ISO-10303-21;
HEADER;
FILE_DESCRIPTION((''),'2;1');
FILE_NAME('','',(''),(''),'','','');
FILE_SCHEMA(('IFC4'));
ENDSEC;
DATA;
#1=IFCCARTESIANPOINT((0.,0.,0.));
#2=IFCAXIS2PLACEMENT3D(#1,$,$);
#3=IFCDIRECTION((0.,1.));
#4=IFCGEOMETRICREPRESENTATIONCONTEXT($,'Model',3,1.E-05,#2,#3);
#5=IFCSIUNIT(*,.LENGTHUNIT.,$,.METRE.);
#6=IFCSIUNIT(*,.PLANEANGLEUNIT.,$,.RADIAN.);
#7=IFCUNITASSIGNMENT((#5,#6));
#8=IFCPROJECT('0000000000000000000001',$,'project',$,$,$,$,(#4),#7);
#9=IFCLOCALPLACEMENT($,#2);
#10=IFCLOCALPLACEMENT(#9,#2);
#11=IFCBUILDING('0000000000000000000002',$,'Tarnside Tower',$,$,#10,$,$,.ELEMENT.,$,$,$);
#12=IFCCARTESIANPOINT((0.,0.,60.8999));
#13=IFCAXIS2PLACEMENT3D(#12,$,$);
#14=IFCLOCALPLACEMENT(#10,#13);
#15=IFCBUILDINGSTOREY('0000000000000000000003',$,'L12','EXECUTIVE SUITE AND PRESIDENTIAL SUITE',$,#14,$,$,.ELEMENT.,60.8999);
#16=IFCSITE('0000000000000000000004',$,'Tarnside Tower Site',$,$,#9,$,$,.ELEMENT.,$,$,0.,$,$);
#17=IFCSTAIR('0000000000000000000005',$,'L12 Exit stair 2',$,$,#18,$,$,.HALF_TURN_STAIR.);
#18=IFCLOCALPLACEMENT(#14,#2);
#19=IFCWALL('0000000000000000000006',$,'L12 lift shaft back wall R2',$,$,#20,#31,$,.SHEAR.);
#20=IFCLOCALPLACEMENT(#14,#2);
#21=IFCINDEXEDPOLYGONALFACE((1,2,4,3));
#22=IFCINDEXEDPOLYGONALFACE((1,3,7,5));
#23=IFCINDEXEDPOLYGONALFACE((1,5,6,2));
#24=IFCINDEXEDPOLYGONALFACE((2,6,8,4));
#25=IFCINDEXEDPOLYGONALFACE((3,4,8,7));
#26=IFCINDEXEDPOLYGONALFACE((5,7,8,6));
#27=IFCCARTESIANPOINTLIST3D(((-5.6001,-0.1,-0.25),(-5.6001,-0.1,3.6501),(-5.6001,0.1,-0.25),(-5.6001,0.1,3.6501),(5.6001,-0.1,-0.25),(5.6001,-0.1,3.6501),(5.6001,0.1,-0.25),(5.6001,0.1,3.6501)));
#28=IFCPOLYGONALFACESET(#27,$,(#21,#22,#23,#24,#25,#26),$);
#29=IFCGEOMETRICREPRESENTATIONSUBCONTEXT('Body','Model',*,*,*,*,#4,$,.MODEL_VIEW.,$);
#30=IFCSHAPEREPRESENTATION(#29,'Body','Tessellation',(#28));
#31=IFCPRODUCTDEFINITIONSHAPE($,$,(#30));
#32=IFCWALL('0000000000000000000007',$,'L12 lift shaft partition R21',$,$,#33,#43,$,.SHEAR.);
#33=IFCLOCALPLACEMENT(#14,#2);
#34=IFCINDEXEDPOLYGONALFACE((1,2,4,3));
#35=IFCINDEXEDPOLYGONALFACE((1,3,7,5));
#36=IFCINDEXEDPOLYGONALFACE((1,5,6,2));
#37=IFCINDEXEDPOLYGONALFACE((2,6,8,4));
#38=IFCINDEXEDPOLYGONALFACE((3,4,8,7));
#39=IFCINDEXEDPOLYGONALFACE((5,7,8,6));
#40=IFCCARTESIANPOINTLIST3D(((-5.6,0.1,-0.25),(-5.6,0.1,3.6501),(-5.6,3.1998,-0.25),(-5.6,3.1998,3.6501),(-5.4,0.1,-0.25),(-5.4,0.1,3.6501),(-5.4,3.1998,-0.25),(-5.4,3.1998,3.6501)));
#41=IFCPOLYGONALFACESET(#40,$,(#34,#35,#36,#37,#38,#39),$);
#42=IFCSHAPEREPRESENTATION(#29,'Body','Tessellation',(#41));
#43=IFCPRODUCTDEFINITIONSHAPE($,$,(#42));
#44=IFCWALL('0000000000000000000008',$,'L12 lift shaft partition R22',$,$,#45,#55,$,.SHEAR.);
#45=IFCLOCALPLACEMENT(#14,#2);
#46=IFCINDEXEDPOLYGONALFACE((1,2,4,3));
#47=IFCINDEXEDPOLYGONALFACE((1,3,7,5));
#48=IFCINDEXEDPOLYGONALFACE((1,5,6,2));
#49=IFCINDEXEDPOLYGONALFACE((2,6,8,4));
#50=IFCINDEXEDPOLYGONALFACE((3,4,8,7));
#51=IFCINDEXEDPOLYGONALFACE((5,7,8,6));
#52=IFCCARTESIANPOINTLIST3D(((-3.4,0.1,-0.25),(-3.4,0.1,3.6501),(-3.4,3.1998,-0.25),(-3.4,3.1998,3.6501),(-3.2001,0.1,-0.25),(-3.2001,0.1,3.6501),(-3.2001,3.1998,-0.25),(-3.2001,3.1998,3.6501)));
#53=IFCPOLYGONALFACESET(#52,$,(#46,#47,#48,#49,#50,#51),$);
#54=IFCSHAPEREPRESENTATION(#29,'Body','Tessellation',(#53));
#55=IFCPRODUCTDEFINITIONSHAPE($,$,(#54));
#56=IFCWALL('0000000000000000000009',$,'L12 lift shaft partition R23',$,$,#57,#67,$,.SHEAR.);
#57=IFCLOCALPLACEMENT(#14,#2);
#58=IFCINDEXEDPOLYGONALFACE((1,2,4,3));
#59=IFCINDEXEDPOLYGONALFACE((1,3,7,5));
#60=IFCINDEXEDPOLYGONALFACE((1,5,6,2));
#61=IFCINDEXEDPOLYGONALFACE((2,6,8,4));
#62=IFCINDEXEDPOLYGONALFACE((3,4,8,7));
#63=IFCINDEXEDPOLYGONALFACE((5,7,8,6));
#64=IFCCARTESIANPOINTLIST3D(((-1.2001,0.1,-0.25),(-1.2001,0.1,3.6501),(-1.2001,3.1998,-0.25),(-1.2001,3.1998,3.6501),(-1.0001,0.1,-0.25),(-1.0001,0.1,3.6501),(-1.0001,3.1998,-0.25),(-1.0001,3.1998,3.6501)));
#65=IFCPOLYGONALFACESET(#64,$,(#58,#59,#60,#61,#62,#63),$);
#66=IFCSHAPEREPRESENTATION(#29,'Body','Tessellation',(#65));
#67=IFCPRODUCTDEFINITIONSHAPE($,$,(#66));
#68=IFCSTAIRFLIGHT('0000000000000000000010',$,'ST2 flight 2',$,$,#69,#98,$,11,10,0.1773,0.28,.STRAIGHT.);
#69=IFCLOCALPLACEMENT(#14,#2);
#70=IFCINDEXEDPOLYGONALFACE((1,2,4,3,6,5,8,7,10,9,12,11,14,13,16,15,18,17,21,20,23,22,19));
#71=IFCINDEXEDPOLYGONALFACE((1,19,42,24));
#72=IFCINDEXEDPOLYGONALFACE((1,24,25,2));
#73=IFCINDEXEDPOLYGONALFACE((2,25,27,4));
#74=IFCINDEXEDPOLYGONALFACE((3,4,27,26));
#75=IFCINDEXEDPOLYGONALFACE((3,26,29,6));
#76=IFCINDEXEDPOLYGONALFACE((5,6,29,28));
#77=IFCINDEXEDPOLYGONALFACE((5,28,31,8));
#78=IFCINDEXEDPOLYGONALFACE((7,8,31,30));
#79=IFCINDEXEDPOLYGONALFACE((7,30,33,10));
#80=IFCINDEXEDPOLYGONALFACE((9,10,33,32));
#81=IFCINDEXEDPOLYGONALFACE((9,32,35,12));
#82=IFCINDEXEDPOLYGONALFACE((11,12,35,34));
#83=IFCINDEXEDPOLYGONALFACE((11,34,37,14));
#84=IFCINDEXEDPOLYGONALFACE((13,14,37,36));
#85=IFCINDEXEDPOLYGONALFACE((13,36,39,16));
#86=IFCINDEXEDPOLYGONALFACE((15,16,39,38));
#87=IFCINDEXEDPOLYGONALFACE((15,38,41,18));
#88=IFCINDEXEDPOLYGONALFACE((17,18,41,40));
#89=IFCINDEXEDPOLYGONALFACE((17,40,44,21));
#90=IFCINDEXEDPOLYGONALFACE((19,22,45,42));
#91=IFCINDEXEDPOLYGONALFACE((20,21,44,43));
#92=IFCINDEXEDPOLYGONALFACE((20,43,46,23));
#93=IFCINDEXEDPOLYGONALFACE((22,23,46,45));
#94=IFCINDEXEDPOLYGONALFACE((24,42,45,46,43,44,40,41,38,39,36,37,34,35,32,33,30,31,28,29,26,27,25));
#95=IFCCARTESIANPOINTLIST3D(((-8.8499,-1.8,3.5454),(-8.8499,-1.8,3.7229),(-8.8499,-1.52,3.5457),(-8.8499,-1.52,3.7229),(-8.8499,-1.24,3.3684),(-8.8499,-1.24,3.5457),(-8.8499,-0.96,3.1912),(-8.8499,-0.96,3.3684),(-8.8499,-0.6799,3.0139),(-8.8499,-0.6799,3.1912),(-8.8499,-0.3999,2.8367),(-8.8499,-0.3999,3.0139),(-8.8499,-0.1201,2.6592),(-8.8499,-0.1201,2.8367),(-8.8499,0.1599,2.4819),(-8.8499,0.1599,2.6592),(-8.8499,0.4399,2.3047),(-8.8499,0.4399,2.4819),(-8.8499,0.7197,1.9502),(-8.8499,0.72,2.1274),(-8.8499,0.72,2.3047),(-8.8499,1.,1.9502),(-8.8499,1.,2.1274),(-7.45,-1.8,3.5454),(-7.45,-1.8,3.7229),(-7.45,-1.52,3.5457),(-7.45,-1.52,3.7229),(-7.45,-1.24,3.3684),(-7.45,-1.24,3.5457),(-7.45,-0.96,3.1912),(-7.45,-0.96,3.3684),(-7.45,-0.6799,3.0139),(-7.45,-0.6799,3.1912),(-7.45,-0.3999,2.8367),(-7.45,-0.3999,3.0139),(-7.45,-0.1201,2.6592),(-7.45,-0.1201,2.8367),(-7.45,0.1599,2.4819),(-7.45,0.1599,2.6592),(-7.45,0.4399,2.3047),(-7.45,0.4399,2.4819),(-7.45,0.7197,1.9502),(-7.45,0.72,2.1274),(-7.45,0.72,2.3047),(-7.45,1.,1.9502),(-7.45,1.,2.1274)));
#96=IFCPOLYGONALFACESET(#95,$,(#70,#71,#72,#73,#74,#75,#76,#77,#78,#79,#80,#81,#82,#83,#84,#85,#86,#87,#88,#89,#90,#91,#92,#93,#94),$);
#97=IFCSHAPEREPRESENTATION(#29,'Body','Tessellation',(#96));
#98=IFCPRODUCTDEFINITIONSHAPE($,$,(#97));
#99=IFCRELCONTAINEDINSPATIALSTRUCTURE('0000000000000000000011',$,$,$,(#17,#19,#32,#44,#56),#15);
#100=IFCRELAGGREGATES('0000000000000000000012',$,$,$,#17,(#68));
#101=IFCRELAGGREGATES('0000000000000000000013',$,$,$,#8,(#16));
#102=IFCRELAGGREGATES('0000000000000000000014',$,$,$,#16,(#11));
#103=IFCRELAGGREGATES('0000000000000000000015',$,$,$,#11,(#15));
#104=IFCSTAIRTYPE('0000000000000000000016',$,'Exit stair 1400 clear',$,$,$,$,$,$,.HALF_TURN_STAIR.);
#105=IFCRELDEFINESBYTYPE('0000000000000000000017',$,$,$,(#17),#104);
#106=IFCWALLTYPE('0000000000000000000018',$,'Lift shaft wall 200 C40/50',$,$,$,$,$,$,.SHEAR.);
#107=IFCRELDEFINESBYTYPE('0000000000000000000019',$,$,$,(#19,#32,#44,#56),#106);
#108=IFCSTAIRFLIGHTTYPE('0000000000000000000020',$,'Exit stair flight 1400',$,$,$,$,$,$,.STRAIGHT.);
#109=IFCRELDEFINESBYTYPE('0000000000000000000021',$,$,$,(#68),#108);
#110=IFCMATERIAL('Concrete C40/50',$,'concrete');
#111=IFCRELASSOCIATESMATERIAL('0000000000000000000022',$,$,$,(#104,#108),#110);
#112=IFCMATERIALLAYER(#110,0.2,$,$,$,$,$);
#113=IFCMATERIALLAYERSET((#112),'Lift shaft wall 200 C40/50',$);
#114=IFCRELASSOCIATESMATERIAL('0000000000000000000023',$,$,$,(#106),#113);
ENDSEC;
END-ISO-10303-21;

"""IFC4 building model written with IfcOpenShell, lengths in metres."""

from ifc_helpers import new_model, si_unit, direction, frame, frame_2d, origin, place, context, subcontext, project, spatial, polyline, rectangle, outline, extrude, material, layer, layer_set, type_object, element, aggregate, save


model = new_model("IFC4")

# Units and contexts
model_context = context("Model", 3, precision=1e-05, world=origin(), true_north=direction((0.0, 1.0)))
body_context = subcontext(model_context, "Body", "Model", "MODEL_VIEW")
ifc_project = project(units=[si_unit("LENGTHUNIT", "METRE"), si_unit("PLANEANGLEUNIT", "RADIAN")], contexts=[model_context])

# Site, building, storey
site_placement = place(None, origin())
site = spatial("IfcSite", under=ifc_project, at=site_placement, Name="Tarnside Tower Site", CompositionType="ELEMENT", RefElevation=0.0)
building_placement = place(site_placement, origin())
building = spatial("IfcBuilding", under=site, at=building_placement, Name="Tarnside Tower", CompositionType="ELEMENT")
storey_placement = place(building_placement, frame((0.0, 0.0, 60.8999)))
storey = spatial("IfcBuildingStorey", under=building, at=storey_placement, Name="L12", Description="EXECUTIVE SUITE AND PRESIDENTIAL SUITE", CompositionType="ELEMENT", Elevation=60.8999)

# Shared definitions
ifc_material_1 = material(Name="Concrete C40/50", Category="concrete")

# Stair
stair_type = type_object("IfcStairType", Name="Exit stair 1400 clear", PredefinedType="HALF_TURN_STAIR", material=ifc_material_1)
stair_1_placement = place(storey_placement, origin())
stair_1 = element("IfcStair", 1, at=stair_1_placement, inside=storey, type_object=stair_type, Name="L12 Exit stair 2", PredefinedType="HALF_TURN_STAIR")

# Walls
ifc_layer_1 = layer(ifc_material_1, 0.2)
ifc_layer_set_1 = layer_set([ifc_layer_1], Name="Lift shaft wall 200 C40/50")
wall_type = type_object("IfcWallType", Name="Lift shaft wall 200 C40/50", PredefinedType="SHEAR", material=ifc_layer_set_1)
wall_placement = place(storey_placement, frame((-5.6001, 0.0, -0.25), z_axis=(0.0, 0.0, 1.0), x_axis=(1.0, 0.0, 0.0)))
element("IfcWall", 2, at=wall_placement, inside=storey, type_object=wall_type, Name="L12 lift shaft back wall R2", PredefinedType="SHEAR", context=body_context, shape_type="SweptSolid", body=[
    extrude(rectangle(XDim=11.2002, YDim=0.2, at=frame_2d((5.6001, 0.0))), origin(), (0.0, 0.0, 1.0), 3.9001),
])
for number, where, z_axis, x_axis, name in (
    (3, (-5.5, 0.1001, -0.25), (0.0, 0.0, 1.0), (0.0, 1.0, 0.0), "L12 lift shaft partition R21"),
    (4, (-3.3, 0.1001, -0.25), (0.0, 0.0, 1.0), (0.0, 1.0, 0.0), "L12 lift shaft partition R22"),
    (5, (-1.1001, 0.1001, -0.25), (0.0, 0.0, 1.0), (0.0, 1.0, 0.0), "L12 lift shaft partition R23"),
):
    element("IfcWall", number, at=place(storey_placement, frame(where, z_axis=z_axis, x_axis=x_axis)), inside=storey, type_object=wall_type, Name=name, PredefinedType="SHEAR", context=body_context, shape_type="SweptSolid", body=[
        extrude(rectangle(XDim=3.0999, YDim=0.2, at=frame_2d((1.5498, 0.0))), origin(), (0.0, 0.0, 1.0), 3.9001),
    ])

# Stair flight
stair_flight_type = type_object("IfcStairFlightType", Name="Exit stair flight 1400", PredefinedType="STRAIGHT", material=ifc_material_1)
stair_flight_placement = place(storey_placement, frame((-8.1499, 1.0, 1.9502), z_axis=(0.0, 0.0, 1.0), x_axis=(0.0, -1.0, 0.0)))
stair_flight = element("IfcStairFlight", 6, at=stair_flight_placement, type_object=stair_flight_type, Name="ST2 flight 2", NumberOfRisers=11, NumberOfTreads=10, PredefinedType="STRAIGHT", RiserHeight=0.1773, TreadLength=0.28, context=body_context, shape_type="SweptSolid", body=[
    extrude(outline(polyline([(0.0, 0.0), (0.0, 0.1772), (0.28, 0.1772), (0.28, 0.3545), (0.5601, 0.3545), (0.5601, 0.5317), (0.8401, 0.5317), (0.8401, 0.709), (1.1201, 0.709), (1.1201, 0.8865), (1.3999, 0.8865), (1.3999, 1.0637), (1.6799, 1.0637), (1.6799, 1.241), (1.96, 1.241), (1.96, 1.4182), (2.24, 1.4182), (2.24, 1.5955), (2.52, 1.5955), (2.52, 1.7727), (2.8, 1.7727), (2.8, 1.95), (2.8, 1.5952), (0.2803, 0.0), (0.0, 0.0)])), frame((0.0, 0.7, 0.0), z_axis=(0.0, -1.0, 0.0), x_axis=(1.0, 0.0, 0.0)), (0.0, 0.0, 1.0), 1.3999),
])
aggregate(stair_1, [stair_flight])

save(model, "model.ifc")
